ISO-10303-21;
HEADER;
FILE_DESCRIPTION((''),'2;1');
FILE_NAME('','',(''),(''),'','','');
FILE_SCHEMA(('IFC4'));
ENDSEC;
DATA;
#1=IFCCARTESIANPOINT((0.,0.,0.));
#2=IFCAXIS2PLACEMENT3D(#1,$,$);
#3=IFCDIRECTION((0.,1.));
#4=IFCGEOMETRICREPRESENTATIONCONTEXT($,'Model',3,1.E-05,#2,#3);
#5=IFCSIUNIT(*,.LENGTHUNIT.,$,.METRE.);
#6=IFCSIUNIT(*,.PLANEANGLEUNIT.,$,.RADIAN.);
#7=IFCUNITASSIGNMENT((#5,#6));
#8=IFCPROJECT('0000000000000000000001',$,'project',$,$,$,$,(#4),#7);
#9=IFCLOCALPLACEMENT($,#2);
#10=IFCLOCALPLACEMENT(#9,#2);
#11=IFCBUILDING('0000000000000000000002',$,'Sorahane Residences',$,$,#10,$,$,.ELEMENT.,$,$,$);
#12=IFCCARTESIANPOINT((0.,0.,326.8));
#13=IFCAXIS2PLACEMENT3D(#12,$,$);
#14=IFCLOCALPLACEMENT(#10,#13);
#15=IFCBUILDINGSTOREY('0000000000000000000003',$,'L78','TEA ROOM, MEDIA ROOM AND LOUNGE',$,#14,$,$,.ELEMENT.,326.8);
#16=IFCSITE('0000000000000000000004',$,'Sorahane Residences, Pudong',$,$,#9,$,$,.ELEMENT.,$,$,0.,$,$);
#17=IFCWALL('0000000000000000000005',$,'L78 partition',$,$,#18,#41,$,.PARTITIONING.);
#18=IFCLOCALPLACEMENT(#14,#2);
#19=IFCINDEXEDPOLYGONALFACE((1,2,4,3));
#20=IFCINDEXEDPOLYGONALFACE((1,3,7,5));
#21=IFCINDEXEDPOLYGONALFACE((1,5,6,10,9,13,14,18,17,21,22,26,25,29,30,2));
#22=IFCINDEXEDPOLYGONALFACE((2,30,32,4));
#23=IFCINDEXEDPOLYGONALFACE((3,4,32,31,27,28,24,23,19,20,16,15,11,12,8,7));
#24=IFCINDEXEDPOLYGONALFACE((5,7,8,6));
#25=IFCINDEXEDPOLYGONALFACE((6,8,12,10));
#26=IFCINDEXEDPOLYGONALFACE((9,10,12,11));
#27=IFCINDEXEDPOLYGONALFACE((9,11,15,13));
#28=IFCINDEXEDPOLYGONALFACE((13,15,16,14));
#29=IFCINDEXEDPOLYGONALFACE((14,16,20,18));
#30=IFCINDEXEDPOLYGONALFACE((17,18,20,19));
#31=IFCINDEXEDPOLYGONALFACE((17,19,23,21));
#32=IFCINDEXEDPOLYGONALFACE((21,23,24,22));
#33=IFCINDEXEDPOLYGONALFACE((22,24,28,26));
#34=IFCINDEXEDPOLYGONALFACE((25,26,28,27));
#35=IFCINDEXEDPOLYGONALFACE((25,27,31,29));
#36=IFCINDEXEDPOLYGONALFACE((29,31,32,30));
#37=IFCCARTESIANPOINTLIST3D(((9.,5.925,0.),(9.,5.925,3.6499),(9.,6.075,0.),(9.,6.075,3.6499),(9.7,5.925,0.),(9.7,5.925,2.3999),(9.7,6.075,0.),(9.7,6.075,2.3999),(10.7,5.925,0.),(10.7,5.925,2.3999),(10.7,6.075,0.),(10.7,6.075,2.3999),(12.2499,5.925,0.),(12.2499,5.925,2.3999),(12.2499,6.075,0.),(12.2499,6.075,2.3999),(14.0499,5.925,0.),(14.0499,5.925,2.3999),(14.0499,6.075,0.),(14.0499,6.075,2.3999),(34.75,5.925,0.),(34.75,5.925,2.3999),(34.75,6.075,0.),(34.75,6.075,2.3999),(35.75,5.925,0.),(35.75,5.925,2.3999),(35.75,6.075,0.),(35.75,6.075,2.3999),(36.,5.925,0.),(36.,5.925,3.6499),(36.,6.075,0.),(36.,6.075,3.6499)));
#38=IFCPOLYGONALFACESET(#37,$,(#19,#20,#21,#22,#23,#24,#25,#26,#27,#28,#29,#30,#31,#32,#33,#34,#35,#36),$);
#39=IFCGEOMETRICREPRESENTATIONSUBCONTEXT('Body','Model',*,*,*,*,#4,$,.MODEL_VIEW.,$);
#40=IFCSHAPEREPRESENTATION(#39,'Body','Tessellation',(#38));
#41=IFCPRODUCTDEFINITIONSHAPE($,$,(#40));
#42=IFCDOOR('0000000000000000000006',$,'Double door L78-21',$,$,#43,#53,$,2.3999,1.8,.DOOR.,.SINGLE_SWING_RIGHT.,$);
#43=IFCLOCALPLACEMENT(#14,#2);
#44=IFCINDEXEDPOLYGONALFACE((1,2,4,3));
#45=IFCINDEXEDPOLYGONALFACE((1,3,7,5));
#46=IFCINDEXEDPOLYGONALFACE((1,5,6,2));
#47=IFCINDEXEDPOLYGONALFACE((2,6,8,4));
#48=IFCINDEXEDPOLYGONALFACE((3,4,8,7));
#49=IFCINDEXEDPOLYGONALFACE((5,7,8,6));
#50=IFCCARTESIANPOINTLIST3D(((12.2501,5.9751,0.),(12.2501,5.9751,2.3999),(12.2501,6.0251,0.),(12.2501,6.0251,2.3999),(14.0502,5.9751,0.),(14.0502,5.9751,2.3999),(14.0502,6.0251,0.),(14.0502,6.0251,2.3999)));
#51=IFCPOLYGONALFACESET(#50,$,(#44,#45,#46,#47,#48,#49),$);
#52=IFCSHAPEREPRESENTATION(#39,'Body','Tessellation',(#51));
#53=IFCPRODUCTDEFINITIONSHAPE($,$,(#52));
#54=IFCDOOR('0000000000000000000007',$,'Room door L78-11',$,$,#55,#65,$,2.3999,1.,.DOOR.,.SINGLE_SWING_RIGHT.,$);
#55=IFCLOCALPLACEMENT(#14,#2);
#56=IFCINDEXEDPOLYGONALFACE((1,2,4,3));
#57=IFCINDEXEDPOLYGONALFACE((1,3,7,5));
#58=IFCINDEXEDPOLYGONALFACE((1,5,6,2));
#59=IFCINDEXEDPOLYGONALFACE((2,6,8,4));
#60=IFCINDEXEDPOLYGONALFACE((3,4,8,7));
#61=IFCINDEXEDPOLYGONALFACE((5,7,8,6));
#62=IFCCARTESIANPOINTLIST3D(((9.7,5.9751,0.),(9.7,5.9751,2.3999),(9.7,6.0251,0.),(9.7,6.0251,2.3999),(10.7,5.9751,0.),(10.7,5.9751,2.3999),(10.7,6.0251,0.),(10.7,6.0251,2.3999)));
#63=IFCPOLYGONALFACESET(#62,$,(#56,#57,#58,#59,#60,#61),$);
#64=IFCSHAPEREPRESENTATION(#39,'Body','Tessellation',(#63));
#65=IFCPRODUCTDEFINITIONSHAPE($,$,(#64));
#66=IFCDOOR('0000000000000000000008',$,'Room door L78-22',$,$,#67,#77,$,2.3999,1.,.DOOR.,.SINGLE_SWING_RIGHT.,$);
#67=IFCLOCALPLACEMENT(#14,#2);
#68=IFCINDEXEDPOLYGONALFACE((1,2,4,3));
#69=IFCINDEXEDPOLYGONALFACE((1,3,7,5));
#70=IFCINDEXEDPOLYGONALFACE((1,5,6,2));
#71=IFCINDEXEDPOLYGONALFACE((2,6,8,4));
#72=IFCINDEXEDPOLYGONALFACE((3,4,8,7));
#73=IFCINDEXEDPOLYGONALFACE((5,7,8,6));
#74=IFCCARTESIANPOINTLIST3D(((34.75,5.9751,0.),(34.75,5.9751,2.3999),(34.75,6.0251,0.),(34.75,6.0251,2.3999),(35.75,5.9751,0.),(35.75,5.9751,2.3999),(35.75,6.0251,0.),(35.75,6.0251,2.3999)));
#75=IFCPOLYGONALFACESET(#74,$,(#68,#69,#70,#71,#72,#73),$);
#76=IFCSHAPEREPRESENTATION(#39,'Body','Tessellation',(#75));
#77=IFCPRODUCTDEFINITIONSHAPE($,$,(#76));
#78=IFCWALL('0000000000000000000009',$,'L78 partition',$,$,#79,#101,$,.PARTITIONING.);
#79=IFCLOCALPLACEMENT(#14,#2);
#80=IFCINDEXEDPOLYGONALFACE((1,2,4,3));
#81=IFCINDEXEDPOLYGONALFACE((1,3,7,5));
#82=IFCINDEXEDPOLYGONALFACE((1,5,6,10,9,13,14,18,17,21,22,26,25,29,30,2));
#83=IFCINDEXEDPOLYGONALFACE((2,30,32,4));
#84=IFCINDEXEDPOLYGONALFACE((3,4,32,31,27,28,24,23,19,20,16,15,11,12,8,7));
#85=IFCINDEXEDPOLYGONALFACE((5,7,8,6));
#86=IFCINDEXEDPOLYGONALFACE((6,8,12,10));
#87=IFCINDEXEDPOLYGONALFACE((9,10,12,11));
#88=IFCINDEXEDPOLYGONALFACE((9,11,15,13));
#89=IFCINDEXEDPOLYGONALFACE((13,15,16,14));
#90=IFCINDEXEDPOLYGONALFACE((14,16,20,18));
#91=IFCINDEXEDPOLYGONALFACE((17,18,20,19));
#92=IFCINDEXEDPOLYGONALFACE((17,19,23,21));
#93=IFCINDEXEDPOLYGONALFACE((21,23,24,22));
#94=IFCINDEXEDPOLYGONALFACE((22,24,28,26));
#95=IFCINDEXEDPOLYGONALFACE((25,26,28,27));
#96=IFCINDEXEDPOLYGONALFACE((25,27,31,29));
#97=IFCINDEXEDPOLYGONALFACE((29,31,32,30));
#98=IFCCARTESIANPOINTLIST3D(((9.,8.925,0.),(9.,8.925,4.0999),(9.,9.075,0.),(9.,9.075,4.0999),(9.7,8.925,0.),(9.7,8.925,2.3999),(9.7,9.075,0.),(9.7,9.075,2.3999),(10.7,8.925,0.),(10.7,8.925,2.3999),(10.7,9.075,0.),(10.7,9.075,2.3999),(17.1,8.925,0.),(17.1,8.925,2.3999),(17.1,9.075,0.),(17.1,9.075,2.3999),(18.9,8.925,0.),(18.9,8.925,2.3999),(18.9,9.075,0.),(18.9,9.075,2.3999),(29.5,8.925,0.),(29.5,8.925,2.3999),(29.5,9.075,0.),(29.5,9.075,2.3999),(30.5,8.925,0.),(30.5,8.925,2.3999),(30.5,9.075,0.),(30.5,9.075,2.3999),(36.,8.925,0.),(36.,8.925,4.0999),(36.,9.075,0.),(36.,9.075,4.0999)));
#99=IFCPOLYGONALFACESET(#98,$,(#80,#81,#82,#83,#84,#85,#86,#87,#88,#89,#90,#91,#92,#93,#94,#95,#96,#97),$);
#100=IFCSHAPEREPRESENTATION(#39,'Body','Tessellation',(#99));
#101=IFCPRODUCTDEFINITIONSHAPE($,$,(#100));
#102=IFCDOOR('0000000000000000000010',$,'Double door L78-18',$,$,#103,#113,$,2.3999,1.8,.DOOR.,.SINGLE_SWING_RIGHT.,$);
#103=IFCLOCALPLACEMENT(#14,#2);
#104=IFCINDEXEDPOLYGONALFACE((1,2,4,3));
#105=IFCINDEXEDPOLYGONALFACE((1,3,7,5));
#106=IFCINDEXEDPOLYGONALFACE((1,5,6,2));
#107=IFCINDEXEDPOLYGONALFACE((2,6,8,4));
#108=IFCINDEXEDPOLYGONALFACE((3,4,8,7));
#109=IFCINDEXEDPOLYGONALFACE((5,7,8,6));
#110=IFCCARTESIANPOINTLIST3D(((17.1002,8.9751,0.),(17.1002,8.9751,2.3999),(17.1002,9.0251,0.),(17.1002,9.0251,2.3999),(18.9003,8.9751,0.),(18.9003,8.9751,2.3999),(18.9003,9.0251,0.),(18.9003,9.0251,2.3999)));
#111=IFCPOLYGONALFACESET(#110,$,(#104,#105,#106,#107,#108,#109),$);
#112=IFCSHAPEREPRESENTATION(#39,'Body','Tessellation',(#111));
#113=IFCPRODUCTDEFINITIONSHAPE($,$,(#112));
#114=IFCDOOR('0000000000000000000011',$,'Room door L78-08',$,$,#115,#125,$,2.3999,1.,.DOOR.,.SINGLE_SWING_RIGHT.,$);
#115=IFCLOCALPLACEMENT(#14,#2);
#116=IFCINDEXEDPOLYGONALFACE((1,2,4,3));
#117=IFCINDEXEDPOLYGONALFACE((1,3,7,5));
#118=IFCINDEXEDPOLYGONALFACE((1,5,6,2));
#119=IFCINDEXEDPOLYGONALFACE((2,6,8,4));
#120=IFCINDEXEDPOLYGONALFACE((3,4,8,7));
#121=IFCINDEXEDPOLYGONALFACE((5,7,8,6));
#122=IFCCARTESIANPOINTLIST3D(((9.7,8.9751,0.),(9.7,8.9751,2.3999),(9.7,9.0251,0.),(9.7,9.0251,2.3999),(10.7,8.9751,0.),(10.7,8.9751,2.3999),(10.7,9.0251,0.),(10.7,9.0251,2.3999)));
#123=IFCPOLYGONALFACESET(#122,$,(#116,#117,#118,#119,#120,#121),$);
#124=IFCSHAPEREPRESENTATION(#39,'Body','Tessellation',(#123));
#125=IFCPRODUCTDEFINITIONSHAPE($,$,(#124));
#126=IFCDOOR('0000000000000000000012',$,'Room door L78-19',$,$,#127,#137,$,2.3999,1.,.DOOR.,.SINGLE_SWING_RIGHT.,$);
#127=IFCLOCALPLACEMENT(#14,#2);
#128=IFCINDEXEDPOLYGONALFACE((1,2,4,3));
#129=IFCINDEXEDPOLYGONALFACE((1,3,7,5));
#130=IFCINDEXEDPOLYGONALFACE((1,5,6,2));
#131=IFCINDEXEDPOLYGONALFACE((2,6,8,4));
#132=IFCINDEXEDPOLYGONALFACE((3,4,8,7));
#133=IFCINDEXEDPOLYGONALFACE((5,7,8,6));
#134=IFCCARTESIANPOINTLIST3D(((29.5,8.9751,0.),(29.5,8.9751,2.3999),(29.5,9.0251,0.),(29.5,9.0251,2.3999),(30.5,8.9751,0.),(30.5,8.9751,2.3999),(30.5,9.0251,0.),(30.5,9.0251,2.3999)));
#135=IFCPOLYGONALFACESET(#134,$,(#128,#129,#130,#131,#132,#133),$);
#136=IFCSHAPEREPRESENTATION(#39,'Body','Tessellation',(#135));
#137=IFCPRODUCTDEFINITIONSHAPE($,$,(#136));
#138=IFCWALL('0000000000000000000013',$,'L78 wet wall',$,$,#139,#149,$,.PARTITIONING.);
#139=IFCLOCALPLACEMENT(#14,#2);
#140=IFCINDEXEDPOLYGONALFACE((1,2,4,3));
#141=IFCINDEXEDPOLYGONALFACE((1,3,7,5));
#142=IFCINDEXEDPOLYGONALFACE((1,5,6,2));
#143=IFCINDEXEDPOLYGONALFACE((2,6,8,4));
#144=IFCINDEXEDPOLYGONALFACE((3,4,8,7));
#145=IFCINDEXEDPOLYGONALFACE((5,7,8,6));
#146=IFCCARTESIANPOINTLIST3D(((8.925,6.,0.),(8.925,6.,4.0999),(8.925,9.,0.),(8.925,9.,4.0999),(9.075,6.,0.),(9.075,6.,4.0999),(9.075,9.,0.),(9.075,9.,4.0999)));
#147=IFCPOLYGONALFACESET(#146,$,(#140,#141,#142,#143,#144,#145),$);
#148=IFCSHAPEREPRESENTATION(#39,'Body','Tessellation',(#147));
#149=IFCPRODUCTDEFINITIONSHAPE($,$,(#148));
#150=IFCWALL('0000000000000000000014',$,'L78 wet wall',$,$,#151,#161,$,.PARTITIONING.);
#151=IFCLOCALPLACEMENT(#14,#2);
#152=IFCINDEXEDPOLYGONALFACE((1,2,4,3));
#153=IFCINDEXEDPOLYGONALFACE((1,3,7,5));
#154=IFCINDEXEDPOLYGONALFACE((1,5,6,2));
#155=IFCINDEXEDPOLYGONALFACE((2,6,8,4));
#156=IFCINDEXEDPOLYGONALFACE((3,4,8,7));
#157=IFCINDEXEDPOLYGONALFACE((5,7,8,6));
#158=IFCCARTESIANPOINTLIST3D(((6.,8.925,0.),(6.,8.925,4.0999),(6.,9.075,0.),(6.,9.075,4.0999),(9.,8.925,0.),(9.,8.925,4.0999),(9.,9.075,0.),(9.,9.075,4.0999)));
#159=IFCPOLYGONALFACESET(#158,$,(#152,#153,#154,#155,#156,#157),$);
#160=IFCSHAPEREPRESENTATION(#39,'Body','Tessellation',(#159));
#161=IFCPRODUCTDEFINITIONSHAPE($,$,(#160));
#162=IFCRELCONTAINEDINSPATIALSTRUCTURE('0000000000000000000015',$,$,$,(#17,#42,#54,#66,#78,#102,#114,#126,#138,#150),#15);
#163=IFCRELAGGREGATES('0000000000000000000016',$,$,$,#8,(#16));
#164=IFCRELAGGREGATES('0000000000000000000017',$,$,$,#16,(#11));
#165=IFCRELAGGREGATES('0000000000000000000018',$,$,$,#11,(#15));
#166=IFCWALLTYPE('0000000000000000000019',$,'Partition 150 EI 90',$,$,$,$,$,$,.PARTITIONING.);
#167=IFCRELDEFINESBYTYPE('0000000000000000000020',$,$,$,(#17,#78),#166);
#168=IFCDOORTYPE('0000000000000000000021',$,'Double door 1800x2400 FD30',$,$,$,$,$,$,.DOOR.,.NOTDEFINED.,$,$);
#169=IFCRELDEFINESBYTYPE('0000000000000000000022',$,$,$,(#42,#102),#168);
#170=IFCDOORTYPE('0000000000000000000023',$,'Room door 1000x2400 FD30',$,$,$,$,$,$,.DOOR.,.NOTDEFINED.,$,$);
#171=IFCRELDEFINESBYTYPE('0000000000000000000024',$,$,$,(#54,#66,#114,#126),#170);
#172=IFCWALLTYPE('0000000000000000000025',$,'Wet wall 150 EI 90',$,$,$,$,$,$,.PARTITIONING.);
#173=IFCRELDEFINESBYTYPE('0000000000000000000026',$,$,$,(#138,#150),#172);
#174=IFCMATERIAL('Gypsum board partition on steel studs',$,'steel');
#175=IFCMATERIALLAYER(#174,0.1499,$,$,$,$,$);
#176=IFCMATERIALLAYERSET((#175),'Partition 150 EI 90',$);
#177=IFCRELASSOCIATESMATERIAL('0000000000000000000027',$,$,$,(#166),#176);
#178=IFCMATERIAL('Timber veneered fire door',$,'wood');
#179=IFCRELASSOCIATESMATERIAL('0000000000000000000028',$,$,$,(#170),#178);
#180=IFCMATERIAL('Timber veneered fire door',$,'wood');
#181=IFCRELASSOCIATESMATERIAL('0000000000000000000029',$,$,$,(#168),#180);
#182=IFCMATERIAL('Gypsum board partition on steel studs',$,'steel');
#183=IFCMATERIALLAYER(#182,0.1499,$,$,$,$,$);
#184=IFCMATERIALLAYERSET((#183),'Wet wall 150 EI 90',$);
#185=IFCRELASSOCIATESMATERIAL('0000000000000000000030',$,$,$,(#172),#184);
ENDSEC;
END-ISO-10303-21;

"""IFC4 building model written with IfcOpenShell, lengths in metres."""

from ifc_helpers import new_model, si_unit, direction, frame, frame_2d, origin, place, context, subcontext, project, spatial, rectangle, extrude, material, layer, layer_set, type_object, element, fill, save


model = new_model("IFC4")

# Units and contexts
model_context = context("Model", 3, precision=1e-05, world=origin(), true_north=direction((0.0, 1.0)))
body_context = subcontext(model_context, "Body", "Model", "MODEL_VIEW")
ifc_project = project(units=[si_unit("LENGTHUNIT", "METRE"), si_unit("PLANEANGLEUNIT", "RADIAN")], contexts=[model_context])

# Site, building, storey
site_placement = place(None, origin())
site = spatial("IfcSite", under=ifc_project, at=site_placement, Name="Sorahane Residences, Pudong", CompositionType="ELEMENT", RefElevation=0.0)
building_placement = place(site_placement, origin())
building = spatial("IfcBuilding", under=site, at=building_placement, Name="Sorahane Residences", CompositionType="ELEMENT")
storey_placement = place(building_placement, frame((0.0, 0.0, 326.8)))
storey = spatial("IfcBuildingStorey", under=building, at=storey_placement, Name="L78", Description="TEA ROOM, MEDIA ROOM AND LOUNGE", CompositionType="ELEMENT", Elevation=326.8)

# Shared definitions
ifc_material_1 = material(Name="Gypsum board partition on steel studs", Category="steel")
ifc_layer_1 = layer(ifc_material_1, 0.1499)
ifc_layer_set_1 = layer_set([ifc_layer_1], Name="Partition 150 EI 90")
wall_type_1 = type_object("IfcWallType", Name="Partition 150 EI 90", PredefinedType="PARTITIONING", material=ifc_layer_set_1)

# Walls, openings, doors
ifc_material_2 = material(Name="Timber veneered fire door", Category="wood")
door_type_1 = type_object("IfcDoorType", Name="Room door 1000x2400 FD30", OperationType="NOTDEFINED", PredefinedType="DOOR", material=ifc_material_2)
wall_1_placement = place(storey_placement, frame((9.0, 6.0, 0.0), z_axis=(0.0, 0.0, 1.0), x_axis=(1.0, 0.0, 0.0)))
wall_1 = element("IfcWall", 1, at=wall_1_placement, inside=storey, type_object=wall_type_1, Name="L78 partition", PredefinedType="PARTITIONING", context=body_context, shape_type="SweptSolid", body=[
    extrude(rectangle(XDim=27.0, YDim=0.1499, at=frame_2d((13.5, 0.0))), origin(), (0.0, 0.0, 1.0), 3.6499),
])
opening_1_placement = place(wall_1_placement, frame((0.7, 0.0, 0.0)))
opening_1 = element("IfcOpeningElement", 2, at=opening_1_placement, cuts=wall_1, PredefinedType="OPENING", context=body_context, shape_type="SweptSolid", body=[
    extrude(rectangle(XDim=1.0, YDim=2.3999, at=frame_2d((0.5, 1.2))), frame((0.0, 0.085, 0.0), z_axis=(0.0, -1.0, 0.0), x_axis=(1.0, 0.0, 0.0)), (0.0, 0.0, 1.0), 0.1699),
])
opening_2_placement = place(wall_1_placement, frame((3.25, 0.0, 0.0)))
opening_2 = element("IfcOpeningElement", 3, at=opening_2_placement, cuts=wall_1, PredefinedType="OPENING", context=body_context, shape_type="SweptSolid", body=[
    extrude(rectangle(XDim=1.8, YDim=2.3999, at=frame_2d((0.8999, 1.2))), frame((0.0, 0.085, 0.0), z_axis=(0.0, -1.0, 0.0), x_axis=(1.0, 0.0, 0.0)), (0.0, 0.0, 1.0), 0.1699),
])
opening_3_placement = place(wall_1_placement, frame((25.75, 0.0, 0.0)))
opening_3 = element("IfcOpeningElement", 4, at=opening_3_placement, cuts=wall_1, PredefinedType="OPENING", context=body_context, shape_type="SweptSolid", body=[
    extrude(rectangle(XDim=1.0, YDim=2.3999, at=frame_2d((0.5, 1.2))), frame((0.0, 0.085, 0.0), z_axis=(0.0, -1.0, 0.0), x_axis=(1.0, 0.0, 0.0)), (0.0, 0.0, 1.0), 0.1699),
])
ifc_material_3 = material(Name="Timber veneered fire door", Category="wood")
door_type_2 = type_object("IfcDoorType", Name="Double door 1800x2400 FD30", OperationType="NOTDEFINED", PredefinedType="DOOR", material=ifc_material_3)
door_1_placement = place(opening_2_placement, frame((1.8, 0.0, 0.0), z_axis=(0.0, 0.0, 1.0), x_axis=(-1.0, 0.0, 0.0)))
door_1 = element("IfcDoor", 5, at=door_1_placement, inside=storey, type_object=door_type_2, Name="Double door L78-21", OperationType="SINGLE_SWING_RIGHT", OverallHeight=2.3999, OverallWidth=1.8, PredefinedType="DOOR", context=body_context, shape_type="SweptSolid", body=[
    extrude(rectangle(XDim=1.8, YDim=2.3999, at=frame_2d((0.8999, 1.2))), frame((0.0, 0.0249, 0.0), z_axis=(0.0, -1.0, 0.0), x_axis=(1.0, 0.0, 0.0)), (0.0, 0.0, 1.0), 0.05),
])
fill(opening_2, door_1)
door_2_placement = place(opening_1_placement, frame((1.0, 0.0, 0.0), z_axis=(0.0, 0.0, 1.0), x_axis=(-1.0, 0.0, 0.0)))
door_2 = element("IfcDoor", 6, at=door_2_placement, inside=storey, type_object=door_type_1, Name="Room door L78-11", OperationType="SINGLE_SWING_RIGHT", OverallHeight=2.3999, OverallWidth=1.0, PredefinedType="DOOR", context=body_context, shape_type="SweptSolid", body=[
    extrude(rectangle(XDim=1.0, YDim=2.3999, at=frame_2d((0.5, 1.2))), frame((0.0, 0.0249, 0.0), z_axis=(0.0, -1.0, 0.0), x_axis=(1.0, 0.0, 0.0)), (0.0, 0.0, 1.0), 0.05),
])
fill(opening_1, door_2)
door_3_placement = place(opening_3_placement, frame((1.0, 0.0, 0.0), z_axis=(0.0, 0.0, 1.0), x_axis=(-1.0, 0.0, 0.0)))
door_3 = element("IfcDoor", 7, at=door_3_placement, inside=storey, type_object=door_type_1, Name="Room door L78-22", OperationType="SINGLE_SWING_RIGHT", OverallHeight=2.3999, OverallWidth=1.0, PredefinedType="DOOR", context=body_context, shape_type="SweptSolid", body=[
    extrude(rectangle(XDim=1.0, YDim=2.3999, at=frame_2d((0.5, 1.2))), frame((0.0, 0.0249, 0.0), z_axis=(0.0, -1.0, 0.0), x_axis=(1.0, 0.0, 0.0)), (0.0, 0.0, 1.0), 0.05),
])
fill(opening_3, door_3)
wall_2_placement = place(storey_placement, frame((9.0, 9.0, 0.0), z_axis=(0.0, 0.0, 1.0), x_axis=(1.0, 0.0, 0.0)))
wall_2 = element("IfcWall", 8, at=wall_2_placement, inside=storey, type_object=wall_type_1, Name="L78 partition", PredefinedType="PARTITIONING", context=body_context, shape_type="SweptSolid", body=[
    extrude(rectangle(XDim=27.0, YDim=0.1499, at=frame_2d((13.5, 0.0))), origin(), (0.0, 0.0, 1.0), 4.0999),
])
opening_4_placement = place(wall_2_placement, frame((0.7, 0.0, 0.0)))
opening_4 = element("IfcOpeningElement", 9, at=opening_4_placement, cuts=wall_2, PredefinedType="OPENING", context=body_context, shape_type="SweptSolid", body=[
    extrude(rectangle(XDim=1.0, YDim=2.3999, at=frame_2d((0.5, 1.2))), frame((0.0, 0.085, 0.0), z_axis=(0.0, -1.0, 0.0), x_axis=(1.0, 0.0, 0.0)), (0.0, 0.0, 1.0), 0.1699),
])
opening_5_placement = place(wall_2_placement, frame((8.1001, 0.0, 0.0)))
opening_5 = element("IfcOpeningElement", 10, at=opening_5_placement, cuts=wall_2, PredefinedType="OPENING", context=body_context, shape_type="SweptSolid", body=[
    extrude(rectangle(XDim=1.8, YDim=2.3999, at=frame_2d((0.8999, 1.2))), frame((0.0, 0.085, 0.0), z_axis=(0.0, -1.0, 0.0), x_axis=(1.0, 0.0, 0.0)), (0.0, 0.0, 1.0), 0.1699),
])
opening_6_placement = place(wall_2_placement, frame((20.5, 0.0, 0.0)))
opening_6 = element("IfcOpeningElement", 11, at=opening_6_placement, cuts=wall_2, PredefinedType="OPENING", context=body_context, shape_type="SweptSolid", body=[
    extrude(rectangle(XDim=1.0, YDim=2.3999, at=frame_2d((0.5, 1.2))), frame((0.0, 0.085, 0.0), z_axis=(0.0, -1.0, 0.0), x_axis=(1.0, 0.0, 0.0)), (0.0, 0.0, 1.0), 0.1699),
])
door_4_placement = place(opening_5_placement, frame((1.8, 0.0, 0.0), z_axis=(0.0, 0.0, 1.0), x_axis=(-1.0, 0.0, 0.0)))
door_4 = element("IfcDoor", 12, at=door_4_placement, inside=storey, type_object=door_type_2, Name="Double door L78-18", OperationType="SINGLE_SWING_RIGHT", OverallHeight=2.3999, OverallWidth=1.8, PredefinedType="DOOR", context=body_context, shape_type="SweptSolid", body=[
    extrude(rectangle(XDim=1.8, YDim=2.3999, at=frame_2d((0.8999, 1.2))), frame((0.0, 0.0249, 0.0), z_axis=(0.0, -1.0, 0.0), x_axis=(1.0, 0.0, 0.0)), (0.0, 0.0, 1.0), 0.05),
])
fill(opening_5, door_4)
door_5_placement = place(opening_4_placement, frame((1.0, 0.0, 0.0), z_axis=(0.0, 0.0, 1.0), x_axis=(-1.0, 0.0, 0.0)))
door_5 = element("IfcDoor", 13, at=door_5_placement, inside=storey, type_object=door_type_1, Name="Room door L78-08", OperationType="SINGLE_SWING_RIGHT", OverallHeight=2.3999, OverallWidth=1.0, PredefinedType="DOOR", context=body_context, shape_type="SweptSolid", body=[
    extrude(rectangle(XDim=1.0, YDim=2.3999, at=frame_2d((0.5, 1.2))), frame((0.0, 0.0249, 0.0), z_axis=(0.0, -1.0, 0.0), x_axis=(1.0, 0.0, 0.0)), (0.0, 0.0, 1.0), 0.05),
])
fill(opening_4, door_5)
door_6_placement = place(opening_6_placement, frame((1.0, 0.0, 0.0), z_axis=(0.0, 0.0, 1.0), x_axis=(-1.0, 0.0, 0.0)))
door_6 = element("IfcDoor", 14, at=door_6_placement, inside=storey, type_object=door_type_1, Name="Room door L78-19", OperationType="SINGLE_SWING_RIGHT", OverallHeight=2.3999, OverallWidth=1.0, PredefinedType="DOOR", context=body_context, shape_type="SweptSolid", body=[
    extrude(rectangle(XDim=1.0, YDim=2.3999, at=frame_2d((0.5, 1.2))), frame((0.0, 0.0249, 0.0), z_axis=(0.0, -1.0, 0.0), x_axis=(1.0, 0.0, 0.0)), (0.0, 0.0, 1.0), 0.05),
])
fill(opening_6, door_6)

# Walls
ifc_material_4 = material(Name="Gypsum board partition on steel studs", Category="steel")
ifc_layer_2 = layer(ifc_material_4, 0.1499)
ifc_layer_set_2 = layer_set([ifc_layer_2], Name="Wet wall 150 EI 90")
wall_type_2 = type_object("IfcWallType", Name="Wet wall 150 EI 90", PredefinedType="PARTITIONING", material=ifc_layer_set_2)
for number, where, z_axis, x_axis, name in (
    (15, (9.0, 6.0, 0.0), (0.0, 0.0, 1.0), (0.0, 1.0, 0.0), "L78 wet wall"),
    (16, (6.0, 9.0, 0.0), (0.0, 0.0, 1.0), (1.0, 0.0, 0.0), "L78 wet wall"),
):
    element("IfcWall", number, at=place(storey_placement, frame(where, z_axis=z_axis, x_axis=x_axis)), inside=storey, type_object=wall_type_2, Name=name, PredefinedType="PARTITIONING", context=body_context, shape_type="SweptSolid", body=[
        extrude(rectangle(XDim=3.0, YDim=0.1499, at=frame_2d((1.5, 0.0))), origin(), (0.0, 0.0, 1.0), 4.0999),
    ])

save(model, "model.ifc")
